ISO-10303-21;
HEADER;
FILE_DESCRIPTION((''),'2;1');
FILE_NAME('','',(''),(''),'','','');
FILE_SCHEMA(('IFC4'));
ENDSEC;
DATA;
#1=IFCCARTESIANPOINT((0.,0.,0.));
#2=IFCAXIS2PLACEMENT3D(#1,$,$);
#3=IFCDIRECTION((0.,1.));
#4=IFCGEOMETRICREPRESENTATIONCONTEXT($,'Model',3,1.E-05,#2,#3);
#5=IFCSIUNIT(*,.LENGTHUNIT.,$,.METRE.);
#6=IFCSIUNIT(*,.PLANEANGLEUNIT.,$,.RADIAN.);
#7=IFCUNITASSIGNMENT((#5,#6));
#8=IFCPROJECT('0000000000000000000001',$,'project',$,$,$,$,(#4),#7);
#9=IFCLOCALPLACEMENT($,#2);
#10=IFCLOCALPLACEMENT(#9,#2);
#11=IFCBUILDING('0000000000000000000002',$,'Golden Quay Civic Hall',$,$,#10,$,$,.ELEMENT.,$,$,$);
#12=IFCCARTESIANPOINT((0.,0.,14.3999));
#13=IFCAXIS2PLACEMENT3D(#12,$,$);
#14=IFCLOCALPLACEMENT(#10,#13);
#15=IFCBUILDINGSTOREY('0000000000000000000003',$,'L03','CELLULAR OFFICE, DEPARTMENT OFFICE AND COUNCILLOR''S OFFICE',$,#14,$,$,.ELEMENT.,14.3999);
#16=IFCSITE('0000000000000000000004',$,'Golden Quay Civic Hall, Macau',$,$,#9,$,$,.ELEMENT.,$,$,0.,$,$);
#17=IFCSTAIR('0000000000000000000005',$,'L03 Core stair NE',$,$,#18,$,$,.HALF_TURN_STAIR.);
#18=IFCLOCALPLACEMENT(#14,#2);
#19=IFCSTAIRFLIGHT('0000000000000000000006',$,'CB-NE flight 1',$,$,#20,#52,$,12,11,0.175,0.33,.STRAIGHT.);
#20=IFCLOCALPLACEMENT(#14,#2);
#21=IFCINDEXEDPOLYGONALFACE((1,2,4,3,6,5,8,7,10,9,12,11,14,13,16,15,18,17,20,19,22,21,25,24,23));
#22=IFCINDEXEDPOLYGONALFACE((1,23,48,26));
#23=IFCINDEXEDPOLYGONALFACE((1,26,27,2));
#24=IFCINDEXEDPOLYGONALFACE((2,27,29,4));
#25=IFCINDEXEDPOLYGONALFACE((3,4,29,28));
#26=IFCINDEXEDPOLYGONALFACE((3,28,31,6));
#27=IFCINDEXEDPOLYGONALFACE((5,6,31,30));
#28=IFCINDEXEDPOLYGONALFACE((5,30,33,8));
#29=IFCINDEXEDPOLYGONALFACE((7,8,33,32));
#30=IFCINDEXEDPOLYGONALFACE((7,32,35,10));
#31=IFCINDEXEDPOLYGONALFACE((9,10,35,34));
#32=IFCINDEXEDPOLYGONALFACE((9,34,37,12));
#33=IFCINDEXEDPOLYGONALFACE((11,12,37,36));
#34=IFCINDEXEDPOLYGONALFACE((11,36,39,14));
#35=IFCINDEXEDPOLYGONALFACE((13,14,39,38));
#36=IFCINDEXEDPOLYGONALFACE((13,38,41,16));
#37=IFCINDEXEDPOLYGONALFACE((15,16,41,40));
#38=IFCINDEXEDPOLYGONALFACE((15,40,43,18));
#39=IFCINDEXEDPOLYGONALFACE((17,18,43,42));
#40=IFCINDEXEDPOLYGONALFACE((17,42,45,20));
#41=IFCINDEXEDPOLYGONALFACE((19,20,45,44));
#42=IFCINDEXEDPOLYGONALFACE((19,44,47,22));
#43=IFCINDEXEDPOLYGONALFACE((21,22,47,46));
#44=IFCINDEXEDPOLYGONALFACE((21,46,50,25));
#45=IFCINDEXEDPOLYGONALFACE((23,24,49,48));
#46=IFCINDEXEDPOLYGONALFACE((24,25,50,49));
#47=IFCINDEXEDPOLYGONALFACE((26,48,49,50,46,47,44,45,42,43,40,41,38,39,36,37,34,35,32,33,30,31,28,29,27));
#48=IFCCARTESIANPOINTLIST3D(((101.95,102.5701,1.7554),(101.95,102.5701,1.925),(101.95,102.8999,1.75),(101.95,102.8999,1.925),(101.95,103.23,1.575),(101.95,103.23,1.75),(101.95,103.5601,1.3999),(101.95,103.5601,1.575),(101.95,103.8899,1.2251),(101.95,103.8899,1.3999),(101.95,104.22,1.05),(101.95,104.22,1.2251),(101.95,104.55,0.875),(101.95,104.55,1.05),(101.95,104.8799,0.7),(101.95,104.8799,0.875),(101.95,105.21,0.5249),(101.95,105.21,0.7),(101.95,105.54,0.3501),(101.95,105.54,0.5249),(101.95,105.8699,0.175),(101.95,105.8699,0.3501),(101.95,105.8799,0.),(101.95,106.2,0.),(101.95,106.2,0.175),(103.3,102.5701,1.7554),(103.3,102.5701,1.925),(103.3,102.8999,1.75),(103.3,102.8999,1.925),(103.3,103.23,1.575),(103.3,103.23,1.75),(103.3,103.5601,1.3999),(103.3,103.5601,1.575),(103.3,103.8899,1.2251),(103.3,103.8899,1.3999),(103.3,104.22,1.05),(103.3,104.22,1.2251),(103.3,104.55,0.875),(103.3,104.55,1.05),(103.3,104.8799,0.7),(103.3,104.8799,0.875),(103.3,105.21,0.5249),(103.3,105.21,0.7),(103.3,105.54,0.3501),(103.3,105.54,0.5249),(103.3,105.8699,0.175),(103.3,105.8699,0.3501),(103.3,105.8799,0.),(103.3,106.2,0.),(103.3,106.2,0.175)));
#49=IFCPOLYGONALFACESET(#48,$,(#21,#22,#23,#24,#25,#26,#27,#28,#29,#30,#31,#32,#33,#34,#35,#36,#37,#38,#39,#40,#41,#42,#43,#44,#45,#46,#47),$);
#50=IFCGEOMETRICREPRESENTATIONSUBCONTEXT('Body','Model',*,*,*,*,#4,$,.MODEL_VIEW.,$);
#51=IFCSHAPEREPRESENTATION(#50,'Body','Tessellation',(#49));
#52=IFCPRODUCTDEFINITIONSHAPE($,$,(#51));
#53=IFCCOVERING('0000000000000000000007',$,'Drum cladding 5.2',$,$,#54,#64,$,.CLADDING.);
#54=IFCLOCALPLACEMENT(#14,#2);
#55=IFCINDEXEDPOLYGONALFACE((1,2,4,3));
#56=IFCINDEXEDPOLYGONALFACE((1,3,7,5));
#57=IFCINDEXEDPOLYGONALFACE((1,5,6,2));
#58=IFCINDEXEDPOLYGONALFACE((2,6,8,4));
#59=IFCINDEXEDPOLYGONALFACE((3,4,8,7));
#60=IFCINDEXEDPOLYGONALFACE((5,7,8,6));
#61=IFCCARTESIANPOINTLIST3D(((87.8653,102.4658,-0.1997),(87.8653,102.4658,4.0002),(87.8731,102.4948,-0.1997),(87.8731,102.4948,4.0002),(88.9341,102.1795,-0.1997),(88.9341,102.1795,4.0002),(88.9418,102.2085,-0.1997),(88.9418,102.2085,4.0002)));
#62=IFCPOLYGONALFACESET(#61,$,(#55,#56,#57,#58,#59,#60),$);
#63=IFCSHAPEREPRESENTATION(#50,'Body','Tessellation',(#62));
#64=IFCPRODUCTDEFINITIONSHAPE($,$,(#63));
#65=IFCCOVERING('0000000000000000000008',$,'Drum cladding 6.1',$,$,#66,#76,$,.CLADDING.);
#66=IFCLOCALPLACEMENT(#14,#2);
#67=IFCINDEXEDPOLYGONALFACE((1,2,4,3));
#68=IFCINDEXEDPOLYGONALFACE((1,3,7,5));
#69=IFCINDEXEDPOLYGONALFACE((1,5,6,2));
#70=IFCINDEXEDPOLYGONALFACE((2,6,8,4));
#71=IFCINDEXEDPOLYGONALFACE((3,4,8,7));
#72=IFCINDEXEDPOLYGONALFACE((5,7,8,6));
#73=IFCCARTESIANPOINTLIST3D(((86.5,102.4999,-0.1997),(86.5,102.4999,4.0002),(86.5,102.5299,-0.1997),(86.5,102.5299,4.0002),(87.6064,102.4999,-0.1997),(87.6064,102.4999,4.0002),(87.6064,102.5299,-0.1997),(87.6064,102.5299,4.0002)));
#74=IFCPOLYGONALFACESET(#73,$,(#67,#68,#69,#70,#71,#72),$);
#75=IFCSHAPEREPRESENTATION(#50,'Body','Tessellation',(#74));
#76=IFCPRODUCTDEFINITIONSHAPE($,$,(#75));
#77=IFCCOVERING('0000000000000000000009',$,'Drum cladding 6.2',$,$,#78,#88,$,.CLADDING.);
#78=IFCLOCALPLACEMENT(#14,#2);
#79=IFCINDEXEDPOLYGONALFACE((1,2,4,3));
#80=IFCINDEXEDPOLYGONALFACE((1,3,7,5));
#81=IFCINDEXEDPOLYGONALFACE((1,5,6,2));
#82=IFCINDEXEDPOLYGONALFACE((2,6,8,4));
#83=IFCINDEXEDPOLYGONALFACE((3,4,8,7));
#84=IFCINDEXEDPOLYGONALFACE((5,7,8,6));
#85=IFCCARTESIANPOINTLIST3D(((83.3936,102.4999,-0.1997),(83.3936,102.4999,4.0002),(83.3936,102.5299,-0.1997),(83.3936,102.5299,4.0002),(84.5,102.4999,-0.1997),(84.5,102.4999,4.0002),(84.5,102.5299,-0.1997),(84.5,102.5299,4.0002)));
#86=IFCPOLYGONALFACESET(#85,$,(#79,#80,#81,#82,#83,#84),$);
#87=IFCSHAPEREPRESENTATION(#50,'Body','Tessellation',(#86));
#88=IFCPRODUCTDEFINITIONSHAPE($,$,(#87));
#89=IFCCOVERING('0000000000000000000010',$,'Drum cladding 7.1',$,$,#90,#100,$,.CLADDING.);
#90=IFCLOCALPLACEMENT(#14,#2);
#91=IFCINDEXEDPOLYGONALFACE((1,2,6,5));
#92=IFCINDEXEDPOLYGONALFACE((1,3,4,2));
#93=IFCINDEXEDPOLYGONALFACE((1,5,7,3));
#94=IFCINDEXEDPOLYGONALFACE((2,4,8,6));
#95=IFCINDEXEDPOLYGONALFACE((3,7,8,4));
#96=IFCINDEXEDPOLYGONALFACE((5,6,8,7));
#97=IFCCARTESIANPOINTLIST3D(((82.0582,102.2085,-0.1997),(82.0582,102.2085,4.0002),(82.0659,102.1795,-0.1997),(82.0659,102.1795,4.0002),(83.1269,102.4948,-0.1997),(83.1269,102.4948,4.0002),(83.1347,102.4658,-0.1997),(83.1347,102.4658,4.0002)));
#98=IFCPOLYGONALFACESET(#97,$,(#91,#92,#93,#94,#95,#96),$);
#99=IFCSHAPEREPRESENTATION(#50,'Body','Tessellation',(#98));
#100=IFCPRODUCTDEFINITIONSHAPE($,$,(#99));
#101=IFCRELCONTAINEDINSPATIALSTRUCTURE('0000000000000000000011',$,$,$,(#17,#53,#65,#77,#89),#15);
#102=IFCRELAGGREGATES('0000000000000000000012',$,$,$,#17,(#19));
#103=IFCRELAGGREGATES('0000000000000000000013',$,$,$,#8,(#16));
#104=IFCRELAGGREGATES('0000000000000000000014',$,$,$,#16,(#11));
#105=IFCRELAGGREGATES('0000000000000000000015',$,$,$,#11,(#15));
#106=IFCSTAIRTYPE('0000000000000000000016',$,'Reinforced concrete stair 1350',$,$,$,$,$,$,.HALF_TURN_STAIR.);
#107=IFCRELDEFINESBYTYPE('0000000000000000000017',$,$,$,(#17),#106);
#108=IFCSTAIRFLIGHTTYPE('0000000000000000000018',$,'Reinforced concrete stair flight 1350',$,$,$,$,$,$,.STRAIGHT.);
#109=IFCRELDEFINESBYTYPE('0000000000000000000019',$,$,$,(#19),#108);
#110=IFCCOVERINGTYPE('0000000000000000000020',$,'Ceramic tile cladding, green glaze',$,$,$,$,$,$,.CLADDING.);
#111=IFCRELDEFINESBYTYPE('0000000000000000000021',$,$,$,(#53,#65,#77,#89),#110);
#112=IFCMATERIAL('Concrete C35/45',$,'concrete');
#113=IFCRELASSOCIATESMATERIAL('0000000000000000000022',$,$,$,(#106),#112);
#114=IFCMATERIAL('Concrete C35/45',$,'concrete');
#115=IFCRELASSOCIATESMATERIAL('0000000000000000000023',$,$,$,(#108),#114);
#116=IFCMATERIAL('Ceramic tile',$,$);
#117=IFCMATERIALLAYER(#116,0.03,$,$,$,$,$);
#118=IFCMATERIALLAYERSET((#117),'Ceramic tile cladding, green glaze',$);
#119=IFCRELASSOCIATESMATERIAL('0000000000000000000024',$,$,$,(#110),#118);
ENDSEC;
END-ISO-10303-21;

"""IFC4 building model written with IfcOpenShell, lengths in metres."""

from ifc_helpers import new_model, si_unit, direction, frame, origin, origin_2d, place, context, subcontext, project, spatial, polyline, rectangle, outline, extrude, material, layer, layer_set, type_object, element, aggregate, save


model = new_model("IFC4")

# Units and contexts
model_context = context("Model", 3, precision=1e-05, world=origin(), true_north=direction((0.0, 1.0)))
body_context = subcontext(model_context, "Body", "Model", "MODEL_VIEW")
ifc_project = project(units=[si_unit("LENGTHUNIT", "METRE"), si_unit("PLANEANGLEUNIT", "RADIAN")], contexts=[model_context])

# Site, building, storey
site_placement = place(None, origin())
site = spatial("IfcSite", under=ifc_project, at=site_placement, Name="Golden Quay Civic Hall, Macau", CompositionType="ELEMENT", RefElevation=0.0)
building_placement = place(site_placement, origin())
building = spatial("IfcBuilding", under=site, at=building_placement, Name="Golden Quay Civic Hall", CompositionType="ELEMENT")
storey_placement = place(building_placement, frame((0.0, 0.0, 14.3999)))
storey = spatial("IfcBuildingStorey", under=building, at=storey_placement, Name="L03", Description="CELLULAR OFFICE, DEPARTMENT OFFICE AND COUNCILLOR'S OFFICE", CompositionType="ELEMENT", Elevation=14.3999)

# Stair, stair flight
ifc_material_1 = material(Name="Concrete C35/45", Category="concrete")
stair_type = type_object("IfcStairType", Name="Reinforced concrete stair 1350", PredefinedType="HALF_TURN_STAIR", material=ifc_material_1)
stair_placement = place(storey_placement, origin())
stair = element("IfcStair", 1, at=stair_placement, inside=storey, type_object=stair_type, Name="L03 Core stair NE", PredefinedType="HALF_TURN_STAIR")
ifc_material_2 = material(Name="Concrete C35/45", Category="concrete")
stair_flight_type = type_object("IfcStairFlightType", Name="Reinforced concrete stair flight 1350", PredefinedType="STRAIGHT", material=ifc_material_2)
stair_flight_placement = place(storey_placement, frame((102.625, 106.2, 0.0), z_axis=(0.0, 0.0, 1.0), x_axis=(0.0, -1.0, 0.0)))
stair_flight = element("IfcStairFlight", 2, at=stair_flight_placement, type_object=stair_flight_type, Name="CB-NE flight 1", NumberOfRisers=12, NumberOfTreads=11, PredefinedType="STRAIGHT", RiserHeight=0.175, TreadLength=0.33, context=body_context, shape_type="SweptSolid", body=[
    extrude(outline(polyline([(0.0, 0.0), (0.0, 0.175), (0.3301, 0.175), (0.3301, 0.3501), (0.6599, 0.3501), (0.6599, 0.5249), (0.99, 0.5249), (0.99, 0.7), (1.3201, 0.7), (1.3201, 0.875), (1.6499, 0.875), (1.6499, 1.05), (1.98, 1.05), (1.98, 1.2251), (2.3101, 1.2251), (2.3101, 1.3999), (2.6399, 1.3999), (2.6399, 1.575), (2.97, 1.575), (2.97, 1.75), (3.3, 1.75), (3.3, 1.925), (3.6299, 1.925), (3.6299, 2.1001), (3.6299, 1.7554), (0.3201, 0.0), (0.0, 0.0)])), frame((0.0, 0.675, 0.0), z_axis=(0.0, -1.0, 0.0), x_axis=(1.0, 0.0, 0.0)), (0.0, 0.0, 1.0), 1.35),
])
aggregate(stair, [stair_flight])

# Coverings
ifc_material_3 = material(Name="Ceramic tile")
ifc_layer_1 = layer(ifc_material_3, 0.03)
ifc_layer_set_1 = layer_set([ifc_layer_1], Name="Ceramic tile cladding, green glaze")
covering_type = type_object("IfcCoveringType", Name="Ceramic tile cladding, green glaze", PredefinedType="CLADDING", material=ifc_layer_set_1)
for number, where, z_axis, x_axis, name in (
    (3, (88.4036, 102.3372, -0.1997), (0.0, 0.0, 1.0), (-0.965926, 0.258819, 0.0), "Drum cladding 5.2"),
    (4, (87.0532, 102.5149, -0.1997), (0.0, 0.0, 1.0), (-1.0, 0.0, 0.0), "Drum cladding 6.1"),
    (5, (83.9468, 102.5149, -0.1997), (0.0, 0.0, 1.0), (-1.0, 0.0, 0.0), "Drum cladding 6.2"),
    (6, (82.5964, 102.3372, -0.1997), (0.0, 0.0, 1.0), (-0.965926, -0.258819, 0.0), "Drum cladding 7.1"),
):
    element("IfcCovering", number, at=place(storey_placement, frame(where, z_axis=z_axis, x_axis=x_axis)), inside=storey, type_object=covering_type, Name=name, PredefinedType="CLADDING", context=body_context, shape_type="SweptSolid", body=[
        extrude(rectangle(XDim=1.1064, YDim=0.03, at=origin_2d()), origin(), (0.0, 0.0, 1.0), 4.2),
    ])

save(model, "model.ifc")
